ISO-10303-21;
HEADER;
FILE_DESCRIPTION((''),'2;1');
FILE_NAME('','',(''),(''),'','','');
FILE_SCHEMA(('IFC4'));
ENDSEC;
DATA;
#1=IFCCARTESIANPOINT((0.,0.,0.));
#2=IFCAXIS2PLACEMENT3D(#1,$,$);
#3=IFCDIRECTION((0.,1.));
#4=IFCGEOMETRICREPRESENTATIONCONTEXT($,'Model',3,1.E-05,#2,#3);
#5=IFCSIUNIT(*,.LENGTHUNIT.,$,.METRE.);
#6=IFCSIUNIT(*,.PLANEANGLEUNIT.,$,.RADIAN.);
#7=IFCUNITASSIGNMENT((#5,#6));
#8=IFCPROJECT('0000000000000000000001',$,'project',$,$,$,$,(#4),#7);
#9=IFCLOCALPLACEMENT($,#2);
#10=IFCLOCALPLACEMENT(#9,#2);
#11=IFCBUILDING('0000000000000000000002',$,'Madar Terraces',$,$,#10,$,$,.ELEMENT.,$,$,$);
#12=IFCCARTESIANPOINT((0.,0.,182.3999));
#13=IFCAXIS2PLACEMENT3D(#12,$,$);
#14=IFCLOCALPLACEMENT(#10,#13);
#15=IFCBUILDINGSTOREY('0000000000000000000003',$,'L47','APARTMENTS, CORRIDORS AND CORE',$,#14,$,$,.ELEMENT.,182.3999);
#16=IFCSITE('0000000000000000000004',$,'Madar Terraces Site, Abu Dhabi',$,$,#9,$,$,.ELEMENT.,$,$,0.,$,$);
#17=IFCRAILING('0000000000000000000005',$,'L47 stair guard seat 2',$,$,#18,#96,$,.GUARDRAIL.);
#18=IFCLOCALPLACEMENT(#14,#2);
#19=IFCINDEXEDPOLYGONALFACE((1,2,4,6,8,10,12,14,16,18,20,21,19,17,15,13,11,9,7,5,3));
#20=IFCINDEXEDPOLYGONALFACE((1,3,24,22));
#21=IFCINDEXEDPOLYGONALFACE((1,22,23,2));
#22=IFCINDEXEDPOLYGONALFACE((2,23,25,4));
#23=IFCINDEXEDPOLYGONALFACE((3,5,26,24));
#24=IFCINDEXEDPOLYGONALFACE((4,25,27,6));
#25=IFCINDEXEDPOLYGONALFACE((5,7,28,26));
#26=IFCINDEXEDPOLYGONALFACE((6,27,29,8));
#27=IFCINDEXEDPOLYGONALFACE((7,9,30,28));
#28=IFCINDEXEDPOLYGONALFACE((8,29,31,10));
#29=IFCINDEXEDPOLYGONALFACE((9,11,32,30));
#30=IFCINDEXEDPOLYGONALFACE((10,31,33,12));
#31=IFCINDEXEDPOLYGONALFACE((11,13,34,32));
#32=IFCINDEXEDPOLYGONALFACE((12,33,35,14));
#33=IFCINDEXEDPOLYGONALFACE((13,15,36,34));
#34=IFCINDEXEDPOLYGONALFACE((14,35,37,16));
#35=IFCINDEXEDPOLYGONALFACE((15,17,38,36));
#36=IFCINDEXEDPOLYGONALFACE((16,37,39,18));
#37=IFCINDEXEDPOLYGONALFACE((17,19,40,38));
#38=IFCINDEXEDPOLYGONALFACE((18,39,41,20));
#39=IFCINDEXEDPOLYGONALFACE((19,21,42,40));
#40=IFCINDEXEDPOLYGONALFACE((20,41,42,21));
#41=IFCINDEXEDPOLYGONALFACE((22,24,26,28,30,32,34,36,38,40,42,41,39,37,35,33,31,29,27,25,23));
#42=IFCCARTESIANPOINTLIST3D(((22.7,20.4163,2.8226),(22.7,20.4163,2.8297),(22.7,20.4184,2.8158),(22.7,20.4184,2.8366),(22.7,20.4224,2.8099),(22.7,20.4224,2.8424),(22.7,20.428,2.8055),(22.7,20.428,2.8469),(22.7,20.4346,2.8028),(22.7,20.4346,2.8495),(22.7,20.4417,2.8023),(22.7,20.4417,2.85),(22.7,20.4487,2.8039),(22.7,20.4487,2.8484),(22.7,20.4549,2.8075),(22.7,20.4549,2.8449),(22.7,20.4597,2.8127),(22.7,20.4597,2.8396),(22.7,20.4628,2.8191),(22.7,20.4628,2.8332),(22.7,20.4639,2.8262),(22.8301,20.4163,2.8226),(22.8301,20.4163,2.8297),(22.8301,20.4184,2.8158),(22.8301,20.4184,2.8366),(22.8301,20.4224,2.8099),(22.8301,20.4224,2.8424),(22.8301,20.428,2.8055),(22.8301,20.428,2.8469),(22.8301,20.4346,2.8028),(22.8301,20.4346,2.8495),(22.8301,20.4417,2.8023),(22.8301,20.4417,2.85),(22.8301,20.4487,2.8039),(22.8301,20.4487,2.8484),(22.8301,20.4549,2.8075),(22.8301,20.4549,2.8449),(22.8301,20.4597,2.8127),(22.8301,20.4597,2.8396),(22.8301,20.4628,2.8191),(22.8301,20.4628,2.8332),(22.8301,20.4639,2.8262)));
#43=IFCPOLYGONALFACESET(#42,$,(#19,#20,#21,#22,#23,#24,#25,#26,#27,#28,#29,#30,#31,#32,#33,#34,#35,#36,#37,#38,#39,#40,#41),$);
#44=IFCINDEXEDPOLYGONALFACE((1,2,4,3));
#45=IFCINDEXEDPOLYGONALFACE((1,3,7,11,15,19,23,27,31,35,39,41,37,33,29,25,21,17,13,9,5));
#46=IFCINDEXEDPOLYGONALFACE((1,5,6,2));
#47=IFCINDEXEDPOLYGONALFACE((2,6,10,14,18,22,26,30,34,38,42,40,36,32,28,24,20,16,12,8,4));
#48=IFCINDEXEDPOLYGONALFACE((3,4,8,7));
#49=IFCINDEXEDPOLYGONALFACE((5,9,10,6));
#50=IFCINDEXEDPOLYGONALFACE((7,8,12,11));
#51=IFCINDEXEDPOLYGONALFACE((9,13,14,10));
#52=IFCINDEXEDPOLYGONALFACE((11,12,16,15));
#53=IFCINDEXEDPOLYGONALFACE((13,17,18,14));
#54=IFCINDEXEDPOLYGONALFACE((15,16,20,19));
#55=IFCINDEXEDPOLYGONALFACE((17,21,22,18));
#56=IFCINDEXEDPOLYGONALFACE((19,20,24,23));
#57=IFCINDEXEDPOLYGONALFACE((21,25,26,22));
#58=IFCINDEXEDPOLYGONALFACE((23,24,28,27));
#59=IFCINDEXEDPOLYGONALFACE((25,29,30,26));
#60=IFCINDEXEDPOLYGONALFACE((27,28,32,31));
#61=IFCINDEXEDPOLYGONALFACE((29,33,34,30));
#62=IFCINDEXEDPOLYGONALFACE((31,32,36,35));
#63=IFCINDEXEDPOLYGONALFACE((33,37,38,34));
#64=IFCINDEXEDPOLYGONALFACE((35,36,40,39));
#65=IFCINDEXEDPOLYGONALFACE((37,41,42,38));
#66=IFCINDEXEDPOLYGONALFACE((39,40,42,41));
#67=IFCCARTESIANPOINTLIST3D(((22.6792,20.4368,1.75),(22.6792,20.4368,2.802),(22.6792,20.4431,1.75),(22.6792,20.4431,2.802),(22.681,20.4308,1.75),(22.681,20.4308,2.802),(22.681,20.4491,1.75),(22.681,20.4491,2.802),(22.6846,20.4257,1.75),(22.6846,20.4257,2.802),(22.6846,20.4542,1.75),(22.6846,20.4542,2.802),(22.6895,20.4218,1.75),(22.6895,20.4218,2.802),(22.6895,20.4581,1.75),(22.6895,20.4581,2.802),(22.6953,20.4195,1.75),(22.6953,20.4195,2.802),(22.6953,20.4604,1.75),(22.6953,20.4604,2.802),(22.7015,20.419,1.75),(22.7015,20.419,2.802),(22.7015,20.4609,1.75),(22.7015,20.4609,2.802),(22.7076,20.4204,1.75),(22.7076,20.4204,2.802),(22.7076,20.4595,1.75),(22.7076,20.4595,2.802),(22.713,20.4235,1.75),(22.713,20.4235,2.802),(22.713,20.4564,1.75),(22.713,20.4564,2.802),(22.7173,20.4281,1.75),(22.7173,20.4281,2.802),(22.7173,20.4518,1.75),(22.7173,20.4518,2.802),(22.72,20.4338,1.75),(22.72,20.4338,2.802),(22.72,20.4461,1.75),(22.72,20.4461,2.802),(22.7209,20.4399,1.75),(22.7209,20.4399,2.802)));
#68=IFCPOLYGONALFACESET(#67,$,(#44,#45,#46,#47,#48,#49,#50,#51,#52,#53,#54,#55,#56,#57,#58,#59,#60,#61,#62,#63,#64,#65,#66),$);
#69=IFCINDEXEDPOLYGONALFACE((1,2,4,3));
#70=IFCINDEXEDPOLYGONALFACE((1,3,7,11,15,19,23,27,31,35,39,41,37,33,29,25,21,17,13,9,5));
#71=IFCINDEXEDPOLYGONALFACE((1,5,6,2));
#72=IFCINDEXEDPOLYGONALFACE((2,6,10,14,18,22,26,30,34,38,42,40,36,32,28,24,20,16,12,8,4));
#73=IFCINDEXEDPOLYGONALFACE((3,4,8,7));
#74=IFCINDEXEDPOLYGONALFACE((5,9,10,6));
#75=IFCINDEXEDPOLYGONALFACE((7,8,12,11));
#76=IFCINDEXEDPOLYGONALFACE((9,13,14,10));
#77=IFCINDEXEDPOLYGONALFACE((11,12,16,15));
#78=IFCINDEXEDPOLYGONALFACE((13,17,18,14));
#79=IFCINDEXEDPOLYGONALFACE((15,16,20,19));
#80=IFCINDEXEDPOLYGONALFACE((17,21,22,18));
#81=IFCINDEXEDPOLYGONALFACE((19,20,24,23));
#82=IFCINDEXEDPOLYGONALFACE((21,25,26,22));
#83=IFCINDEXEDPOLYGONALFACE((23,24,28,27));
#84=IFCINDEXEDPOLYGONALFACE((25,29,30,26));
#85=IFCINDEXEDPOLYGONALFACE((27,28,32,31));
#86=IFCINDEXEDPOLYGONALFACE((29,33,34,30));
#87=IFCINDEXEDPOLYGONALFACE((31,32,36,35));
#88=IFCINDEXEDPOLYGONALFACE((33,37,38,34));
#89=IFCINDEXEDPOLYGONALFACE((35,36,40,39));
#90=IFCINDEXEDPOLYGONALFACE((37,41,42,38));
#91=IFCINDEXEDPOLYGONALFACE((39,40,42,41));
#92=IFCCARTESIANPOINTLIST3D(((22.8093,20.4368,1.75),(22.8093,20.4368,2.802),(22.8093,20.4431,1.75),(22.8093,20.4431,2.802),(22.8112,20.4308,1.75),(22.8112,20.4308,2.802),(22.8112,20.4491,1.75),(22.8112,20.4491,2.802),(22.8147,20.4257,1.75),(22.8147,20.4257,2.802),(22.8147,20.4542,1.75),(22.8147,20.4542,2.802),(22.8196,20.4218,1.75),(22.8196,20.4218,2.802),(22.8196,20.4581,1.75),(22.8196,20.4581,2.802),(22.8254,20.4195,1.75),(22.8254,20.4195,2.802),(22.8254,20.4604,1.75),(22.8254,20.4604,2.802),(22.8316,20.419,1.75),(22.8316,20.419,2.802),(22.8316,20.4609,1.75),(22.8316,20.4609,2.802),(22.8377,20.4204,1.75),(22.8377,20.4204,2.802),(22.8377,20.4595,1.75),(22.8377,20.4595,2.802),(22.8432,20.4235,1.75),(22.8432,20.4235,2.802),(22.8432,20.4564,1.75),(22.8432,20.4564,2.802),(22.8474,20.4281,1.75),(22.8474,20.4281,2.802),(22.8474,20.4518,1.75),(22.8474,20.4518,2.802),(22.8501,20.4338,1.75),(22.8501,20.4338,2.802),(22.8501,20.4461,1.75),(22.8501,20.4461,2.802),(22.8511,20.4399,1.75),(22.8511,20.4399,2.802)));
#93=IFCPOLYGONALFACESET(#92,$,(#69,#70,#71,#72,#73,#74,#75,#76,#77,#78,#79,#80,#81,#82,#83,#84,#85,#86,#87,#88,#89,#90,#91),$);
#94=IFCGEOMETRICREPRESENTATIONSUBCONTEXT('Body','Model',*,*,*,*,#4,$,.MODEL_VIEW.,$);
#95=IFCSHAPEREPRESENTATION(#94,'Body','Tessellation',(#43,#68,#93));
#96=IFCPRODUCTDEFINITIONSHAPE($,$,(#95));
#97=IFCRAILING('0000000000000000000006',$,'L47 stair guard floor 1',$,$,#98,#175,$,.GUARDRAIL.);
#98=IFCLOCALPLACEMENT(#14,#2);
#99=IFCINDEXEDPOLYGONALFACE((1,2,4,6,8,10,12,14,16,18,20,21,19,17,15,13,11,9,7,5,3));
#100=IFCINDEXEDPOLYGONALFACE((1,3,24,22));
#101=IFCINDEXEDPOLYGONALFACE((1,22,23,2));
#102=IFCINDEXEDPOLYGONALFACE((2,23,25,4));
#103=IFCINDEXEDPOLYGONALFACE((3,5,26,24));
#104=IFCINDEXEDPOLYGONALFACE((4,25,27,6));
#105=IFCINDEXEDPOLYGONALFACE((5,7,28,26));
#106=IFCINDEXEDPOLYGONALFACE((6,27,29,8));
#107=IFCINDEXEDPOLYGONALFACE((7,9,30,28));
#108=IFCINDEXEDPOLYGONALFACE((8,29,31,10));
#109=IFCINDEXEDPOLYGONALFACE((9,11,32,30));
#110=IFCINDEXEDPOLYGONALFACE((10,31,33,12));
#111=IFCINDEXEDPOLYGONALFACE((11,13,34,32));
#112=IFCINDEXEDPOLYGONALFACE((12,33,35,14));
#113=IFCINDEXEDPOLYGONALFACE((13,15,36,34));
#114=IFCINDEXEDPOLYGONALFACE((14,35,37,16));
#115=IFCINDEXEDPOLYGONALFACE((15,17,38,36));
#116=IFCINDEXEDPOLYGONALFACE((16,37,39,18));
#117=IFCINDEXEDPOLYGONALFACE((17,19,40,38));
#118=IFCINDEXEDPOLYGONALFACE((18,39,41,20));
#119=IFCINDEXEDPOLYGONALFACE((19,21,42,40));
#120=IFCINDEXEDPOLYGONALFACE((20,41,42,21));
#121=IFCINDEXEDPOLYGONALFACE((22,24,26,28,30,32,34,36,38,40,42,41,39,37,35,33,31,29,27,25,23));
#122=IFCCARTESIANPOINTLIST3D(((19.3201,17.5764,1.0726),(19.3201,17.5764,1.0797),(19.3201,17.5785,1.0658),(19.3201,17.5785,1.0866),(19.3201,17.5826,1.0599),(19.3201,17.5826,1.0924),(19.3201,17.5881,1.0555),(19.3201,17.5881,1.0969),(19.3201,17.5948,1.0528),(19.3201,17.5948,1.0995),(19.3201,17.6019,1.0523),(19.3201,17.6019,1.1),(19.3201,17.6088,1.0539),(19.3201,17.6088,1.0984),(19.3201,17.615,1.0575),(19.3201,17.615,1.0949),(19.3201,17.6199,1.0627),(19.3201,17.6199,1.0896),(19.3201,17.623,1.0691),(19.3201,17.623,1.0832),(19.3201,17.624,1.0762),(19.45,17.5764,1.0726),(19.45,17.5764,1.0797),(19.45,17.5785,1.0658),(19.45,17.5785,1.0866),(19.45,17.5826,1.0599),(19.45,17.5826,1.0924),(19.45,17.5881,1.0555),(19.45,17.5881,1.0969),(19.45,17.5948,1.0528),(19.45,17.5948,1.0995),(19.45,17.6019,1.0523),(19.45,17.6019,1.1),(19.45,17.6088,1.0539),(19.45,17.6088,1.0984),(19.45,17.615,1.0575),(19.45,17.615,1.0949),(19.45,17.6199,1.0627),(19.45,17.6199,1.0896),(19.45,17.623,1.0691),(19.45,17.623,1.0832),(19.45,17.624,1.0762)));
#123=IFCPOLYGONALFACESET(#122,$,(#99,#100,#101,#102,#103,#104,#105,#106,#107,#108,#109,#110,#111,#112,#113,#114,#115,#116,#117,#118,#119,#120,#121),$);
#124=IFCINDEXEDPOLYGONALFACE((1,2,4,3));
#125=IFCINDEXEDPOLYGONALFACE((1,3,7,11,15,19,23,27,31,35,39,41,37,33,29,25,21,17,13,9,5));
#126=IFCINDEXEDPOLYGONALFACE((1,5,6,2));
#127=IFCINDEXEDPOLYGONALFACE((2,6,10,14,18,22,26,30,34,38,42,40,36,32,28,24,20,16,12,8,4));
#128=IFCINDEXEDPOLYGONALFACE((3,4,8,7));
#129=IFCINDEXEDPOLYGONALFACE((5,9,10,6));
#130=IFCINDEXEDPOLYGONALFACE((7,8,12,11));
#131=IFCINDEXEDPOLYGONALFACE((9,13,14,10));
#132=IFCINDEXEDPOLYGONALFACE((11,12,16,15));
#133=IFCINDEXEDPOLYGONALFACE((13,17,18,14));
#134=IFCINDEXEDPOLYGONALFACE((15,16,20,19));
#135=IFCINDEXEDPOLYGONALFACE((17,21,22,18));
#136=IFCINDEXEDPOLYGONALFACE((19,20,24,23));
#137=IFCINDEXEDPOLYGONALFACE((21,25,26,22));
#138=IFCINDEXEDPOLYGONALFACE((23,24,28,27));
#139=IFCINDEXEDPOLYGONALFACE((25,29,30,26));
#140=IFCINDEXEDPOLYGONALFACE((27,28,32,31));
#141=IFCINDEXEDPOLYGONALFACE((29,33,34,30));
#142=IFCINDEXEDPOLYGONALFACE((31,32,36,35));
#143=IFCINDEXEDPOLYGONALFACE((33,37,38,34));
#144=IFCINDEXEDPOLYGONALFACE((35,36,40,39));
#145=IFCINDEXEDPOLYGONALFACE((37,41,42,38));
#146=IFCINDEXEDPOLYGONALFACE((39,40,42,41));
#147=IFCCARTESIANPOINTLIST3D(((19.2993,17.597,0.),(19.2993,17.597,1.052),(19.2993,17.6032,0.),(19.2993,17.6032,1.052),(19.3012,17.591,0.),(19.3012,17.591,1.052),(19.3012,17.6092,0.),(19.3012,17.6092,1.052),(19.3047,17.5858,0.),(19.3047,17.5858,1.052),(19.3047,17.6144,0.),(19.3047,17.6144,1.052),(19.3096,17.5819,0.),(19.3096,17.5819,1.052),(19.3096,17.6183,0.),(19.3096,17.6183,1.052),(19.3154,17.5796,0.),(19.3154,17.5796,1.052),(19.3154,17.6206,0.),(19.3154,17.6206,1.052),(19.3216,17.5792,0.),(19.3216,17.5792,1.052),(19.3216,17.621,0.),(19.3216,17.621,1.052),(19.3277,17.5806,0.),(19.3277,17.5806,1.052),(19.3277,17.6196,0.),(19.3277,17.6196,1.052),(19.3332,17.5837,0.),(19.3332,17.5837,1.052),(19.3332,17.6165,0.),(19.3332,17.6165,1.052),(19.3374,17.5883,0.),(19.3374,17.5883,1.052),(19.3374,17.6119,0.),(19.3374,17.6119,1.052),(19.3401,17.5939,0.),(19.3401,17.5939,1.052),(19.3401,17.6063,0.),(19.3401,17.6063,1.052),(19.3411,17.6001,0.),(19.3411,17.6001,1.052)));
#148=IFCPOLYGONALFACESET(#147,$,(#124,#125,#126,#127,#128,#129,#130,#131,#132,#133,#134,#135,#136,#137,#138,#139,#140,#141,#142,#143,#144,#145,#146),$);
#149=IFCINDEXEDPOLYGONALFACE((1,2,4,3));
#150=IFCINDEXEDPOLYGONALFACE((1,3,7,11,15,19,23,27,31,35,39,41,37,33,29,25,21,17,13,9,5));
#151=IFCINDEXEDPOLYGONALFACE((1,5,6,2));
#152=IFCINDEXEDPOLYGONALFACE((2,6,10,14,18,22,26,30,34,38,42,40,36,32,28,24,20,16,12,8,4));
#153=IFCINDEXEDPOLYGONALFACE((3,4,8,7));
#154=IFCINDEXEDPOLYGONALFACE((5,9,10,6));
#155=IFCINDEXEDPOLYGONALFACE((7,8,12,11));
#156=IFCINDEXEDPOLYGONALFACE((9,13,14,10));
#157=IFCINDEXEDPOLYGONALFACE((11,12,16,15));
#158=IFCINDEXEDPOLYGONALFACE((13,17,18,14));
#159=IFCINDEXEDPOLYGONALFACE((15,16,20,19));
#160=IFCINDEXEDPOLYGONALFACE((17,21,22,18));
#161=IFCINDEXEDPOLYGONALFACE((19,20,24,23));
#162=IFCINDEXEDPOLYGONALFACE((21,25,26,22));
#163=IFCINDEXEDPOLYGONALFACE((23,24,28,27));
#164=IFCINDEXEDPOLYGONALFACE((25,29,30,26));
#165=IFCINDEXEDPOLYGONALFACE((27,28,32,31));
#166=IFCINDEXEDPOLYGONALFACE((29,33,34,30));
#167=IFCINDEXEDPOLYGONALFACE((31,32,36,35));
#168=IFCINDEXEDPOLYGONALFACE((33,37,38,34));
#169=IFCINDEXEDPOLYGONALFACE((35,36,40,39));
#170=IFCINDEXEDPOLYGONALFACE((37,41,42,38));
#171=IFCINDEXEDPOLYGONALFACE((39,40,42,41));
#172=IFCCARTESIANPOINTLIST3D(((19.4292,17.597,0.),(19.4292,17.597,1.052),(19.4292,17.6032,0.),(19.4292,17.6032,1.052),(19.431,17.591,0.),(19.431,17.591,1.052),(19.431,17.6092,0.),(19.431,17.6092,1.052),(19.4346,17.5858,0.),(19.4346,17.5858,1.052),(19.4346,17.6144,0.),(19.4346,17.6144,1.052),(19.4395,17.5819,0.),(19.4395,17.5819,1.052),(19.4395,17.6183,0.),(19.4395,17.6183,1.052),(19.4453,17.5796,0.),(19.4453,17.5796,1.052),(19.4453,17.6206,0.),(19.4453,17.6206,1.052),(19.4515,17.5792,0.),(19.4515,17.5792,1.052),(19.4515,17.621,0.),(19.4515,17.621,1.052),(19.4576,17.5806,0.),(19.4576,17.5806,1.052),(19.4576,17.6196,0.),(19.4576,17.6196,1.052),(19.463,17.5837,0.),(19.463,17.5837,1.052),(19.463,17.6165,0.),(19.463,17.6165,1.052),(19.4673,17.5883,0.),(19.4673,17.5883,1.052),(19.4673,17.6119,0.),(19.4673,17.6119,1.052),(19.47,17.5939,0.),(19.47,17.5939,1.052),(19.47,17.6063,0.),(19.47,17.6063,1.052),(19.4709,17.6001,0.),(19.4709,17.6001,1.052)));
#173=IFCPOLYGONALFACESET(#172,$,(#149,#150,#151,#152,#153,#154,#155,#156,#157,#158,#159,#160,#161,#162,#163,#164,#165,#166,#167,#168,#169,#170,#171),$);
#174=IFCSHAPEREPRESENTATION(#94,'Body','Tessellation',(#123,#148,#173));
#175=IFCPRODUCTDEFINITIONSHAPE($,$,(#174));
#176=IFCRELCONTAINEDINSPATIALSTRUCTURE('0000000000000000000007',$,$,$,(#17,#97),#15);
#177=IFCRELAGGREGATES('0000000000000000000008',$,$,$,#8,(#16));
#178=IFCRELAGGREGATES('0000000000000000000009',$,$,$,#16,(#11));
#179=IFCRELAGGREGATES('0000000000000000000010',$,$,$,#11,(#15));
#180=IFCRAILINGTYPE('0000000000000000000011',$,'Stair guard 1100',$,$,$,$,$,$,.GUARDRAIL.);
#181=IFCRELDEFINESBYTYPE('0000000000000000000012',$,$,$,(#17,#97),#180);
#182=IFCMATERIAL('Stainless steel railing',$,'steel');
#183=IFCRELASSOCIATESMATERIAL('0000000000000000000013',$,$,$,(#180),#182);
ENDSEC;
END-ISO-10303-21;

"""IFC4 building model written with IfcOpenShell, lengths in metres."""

from ifc_helpers import new_model, si_unit, direction, frame, origin, origin_2d, place, context, subcontext, project, spatial, circle, extrude, material, type_object, element, save


model = new_model("IFC4")

# Units and contexts
model_context = context("Model", 3, precision=1e-05, world=origin(), true_north=direction((0.0, 1.0)))
body_context = subcontext(model_context, "Body", "Model", "MODEL_VIEW")
ifc_project = project(units=[si_unit("LENGTHUNIT", "METRE"), si_unit("PLANEANGLEUNIT", "RADIAN")], contexts=[model_context])

# Site, building, storey
site_placement = place(None, origin())
site = spatial("IfcSite", under=ifc_project, at=site_placement, Name="Madar Terraces Site, Abu Dhabi", CompositionType="ELEMENT", RefElevation=0.0)
building_placement = place(site_placement, origin())
building = spatial("IfcBuilding", under=site, at=building_placement, Name="Madar Terraces", CompositionType="ELEMENT")
storey_placement = place(building_placement, frame((0.0, 0.0, 182.3999)))
storey = spatial("IfcBuildingStorey", under=building, at=storey_placement, Name="L47", Description="APARTMENTS, CORRIDORS AND CORE", CompositionType="ELEMENT", Elevation=182.3999)

# Railings
ifc_material_1 = material(Name="Stainless steel railing", Category="steel")
railing_type_1 = type_object("IfcRailingType", Name="Stair guard 1100", PredefinedType="GUARDRAIL", material=ifc_material_1)
railing_1_placement = place(storey_placement, frame((22.7, 20.4399, 1.75)))
element("IfcRailing", 1, at=railing_1_placement, inside=storey, type_object=railing_type_1, Name="L47 stair guard seat 2", PredefinedType="GUARDRAIL", context=body_context, shape_type="SweptSolid", body=[
    extrude(circle(Radius=0.0239, at=origin_2d()), frame((0.0, 0.0, 1.0762), z_axis=(1.0, 0.0, 0.0), x_axis=(0.0, 1.0, 0.0)), (0.0, 0.0, 1.0), 0.1301),
    extrude(circle(Radius=0.021, at=origin_2d()), origin(), (0.0, 0.0, 1.0), 1.052),
    extrude(circle(Radius=0.021, at=origin_2d()), frame((0.1301, 0.0, 0.0)), (0.0, 0.0, 1.0), 1.052),
])
railing_2_placement = place(storey_placement, frame((19.3201, 17.6001, 0.0)))
element("IfcRailing", 2, at=railing_2_placement, inside=storey, type_object=railing_type_1, Name="L47 stair guard floor 1", PredefinedType="GUARDRAIL", context=body_context, shape_type="SweptSolid", body=[
    extrude(circle(Radius=0.0239, at=origin_2d()), frame((0.0, 0.0, 1.0762), z_axis=(1.0, 0.0, 0.0), x_axis=(0.0, 1.0, 0.0)), (0.0, 0.0, 1.0), 0.1299),
    extrude(circle(Radius=0.021, at=origin_2d()), origin(), (0.0, 0.0, 1.0), 1.052),
    extrude(circle(Radius=0.021, at=origin_2d()), frame((0.1299, 0.0, 0.0)), (0.0, 0.0, 1.0), 1.052),
])

save(model, "model.ifc")
